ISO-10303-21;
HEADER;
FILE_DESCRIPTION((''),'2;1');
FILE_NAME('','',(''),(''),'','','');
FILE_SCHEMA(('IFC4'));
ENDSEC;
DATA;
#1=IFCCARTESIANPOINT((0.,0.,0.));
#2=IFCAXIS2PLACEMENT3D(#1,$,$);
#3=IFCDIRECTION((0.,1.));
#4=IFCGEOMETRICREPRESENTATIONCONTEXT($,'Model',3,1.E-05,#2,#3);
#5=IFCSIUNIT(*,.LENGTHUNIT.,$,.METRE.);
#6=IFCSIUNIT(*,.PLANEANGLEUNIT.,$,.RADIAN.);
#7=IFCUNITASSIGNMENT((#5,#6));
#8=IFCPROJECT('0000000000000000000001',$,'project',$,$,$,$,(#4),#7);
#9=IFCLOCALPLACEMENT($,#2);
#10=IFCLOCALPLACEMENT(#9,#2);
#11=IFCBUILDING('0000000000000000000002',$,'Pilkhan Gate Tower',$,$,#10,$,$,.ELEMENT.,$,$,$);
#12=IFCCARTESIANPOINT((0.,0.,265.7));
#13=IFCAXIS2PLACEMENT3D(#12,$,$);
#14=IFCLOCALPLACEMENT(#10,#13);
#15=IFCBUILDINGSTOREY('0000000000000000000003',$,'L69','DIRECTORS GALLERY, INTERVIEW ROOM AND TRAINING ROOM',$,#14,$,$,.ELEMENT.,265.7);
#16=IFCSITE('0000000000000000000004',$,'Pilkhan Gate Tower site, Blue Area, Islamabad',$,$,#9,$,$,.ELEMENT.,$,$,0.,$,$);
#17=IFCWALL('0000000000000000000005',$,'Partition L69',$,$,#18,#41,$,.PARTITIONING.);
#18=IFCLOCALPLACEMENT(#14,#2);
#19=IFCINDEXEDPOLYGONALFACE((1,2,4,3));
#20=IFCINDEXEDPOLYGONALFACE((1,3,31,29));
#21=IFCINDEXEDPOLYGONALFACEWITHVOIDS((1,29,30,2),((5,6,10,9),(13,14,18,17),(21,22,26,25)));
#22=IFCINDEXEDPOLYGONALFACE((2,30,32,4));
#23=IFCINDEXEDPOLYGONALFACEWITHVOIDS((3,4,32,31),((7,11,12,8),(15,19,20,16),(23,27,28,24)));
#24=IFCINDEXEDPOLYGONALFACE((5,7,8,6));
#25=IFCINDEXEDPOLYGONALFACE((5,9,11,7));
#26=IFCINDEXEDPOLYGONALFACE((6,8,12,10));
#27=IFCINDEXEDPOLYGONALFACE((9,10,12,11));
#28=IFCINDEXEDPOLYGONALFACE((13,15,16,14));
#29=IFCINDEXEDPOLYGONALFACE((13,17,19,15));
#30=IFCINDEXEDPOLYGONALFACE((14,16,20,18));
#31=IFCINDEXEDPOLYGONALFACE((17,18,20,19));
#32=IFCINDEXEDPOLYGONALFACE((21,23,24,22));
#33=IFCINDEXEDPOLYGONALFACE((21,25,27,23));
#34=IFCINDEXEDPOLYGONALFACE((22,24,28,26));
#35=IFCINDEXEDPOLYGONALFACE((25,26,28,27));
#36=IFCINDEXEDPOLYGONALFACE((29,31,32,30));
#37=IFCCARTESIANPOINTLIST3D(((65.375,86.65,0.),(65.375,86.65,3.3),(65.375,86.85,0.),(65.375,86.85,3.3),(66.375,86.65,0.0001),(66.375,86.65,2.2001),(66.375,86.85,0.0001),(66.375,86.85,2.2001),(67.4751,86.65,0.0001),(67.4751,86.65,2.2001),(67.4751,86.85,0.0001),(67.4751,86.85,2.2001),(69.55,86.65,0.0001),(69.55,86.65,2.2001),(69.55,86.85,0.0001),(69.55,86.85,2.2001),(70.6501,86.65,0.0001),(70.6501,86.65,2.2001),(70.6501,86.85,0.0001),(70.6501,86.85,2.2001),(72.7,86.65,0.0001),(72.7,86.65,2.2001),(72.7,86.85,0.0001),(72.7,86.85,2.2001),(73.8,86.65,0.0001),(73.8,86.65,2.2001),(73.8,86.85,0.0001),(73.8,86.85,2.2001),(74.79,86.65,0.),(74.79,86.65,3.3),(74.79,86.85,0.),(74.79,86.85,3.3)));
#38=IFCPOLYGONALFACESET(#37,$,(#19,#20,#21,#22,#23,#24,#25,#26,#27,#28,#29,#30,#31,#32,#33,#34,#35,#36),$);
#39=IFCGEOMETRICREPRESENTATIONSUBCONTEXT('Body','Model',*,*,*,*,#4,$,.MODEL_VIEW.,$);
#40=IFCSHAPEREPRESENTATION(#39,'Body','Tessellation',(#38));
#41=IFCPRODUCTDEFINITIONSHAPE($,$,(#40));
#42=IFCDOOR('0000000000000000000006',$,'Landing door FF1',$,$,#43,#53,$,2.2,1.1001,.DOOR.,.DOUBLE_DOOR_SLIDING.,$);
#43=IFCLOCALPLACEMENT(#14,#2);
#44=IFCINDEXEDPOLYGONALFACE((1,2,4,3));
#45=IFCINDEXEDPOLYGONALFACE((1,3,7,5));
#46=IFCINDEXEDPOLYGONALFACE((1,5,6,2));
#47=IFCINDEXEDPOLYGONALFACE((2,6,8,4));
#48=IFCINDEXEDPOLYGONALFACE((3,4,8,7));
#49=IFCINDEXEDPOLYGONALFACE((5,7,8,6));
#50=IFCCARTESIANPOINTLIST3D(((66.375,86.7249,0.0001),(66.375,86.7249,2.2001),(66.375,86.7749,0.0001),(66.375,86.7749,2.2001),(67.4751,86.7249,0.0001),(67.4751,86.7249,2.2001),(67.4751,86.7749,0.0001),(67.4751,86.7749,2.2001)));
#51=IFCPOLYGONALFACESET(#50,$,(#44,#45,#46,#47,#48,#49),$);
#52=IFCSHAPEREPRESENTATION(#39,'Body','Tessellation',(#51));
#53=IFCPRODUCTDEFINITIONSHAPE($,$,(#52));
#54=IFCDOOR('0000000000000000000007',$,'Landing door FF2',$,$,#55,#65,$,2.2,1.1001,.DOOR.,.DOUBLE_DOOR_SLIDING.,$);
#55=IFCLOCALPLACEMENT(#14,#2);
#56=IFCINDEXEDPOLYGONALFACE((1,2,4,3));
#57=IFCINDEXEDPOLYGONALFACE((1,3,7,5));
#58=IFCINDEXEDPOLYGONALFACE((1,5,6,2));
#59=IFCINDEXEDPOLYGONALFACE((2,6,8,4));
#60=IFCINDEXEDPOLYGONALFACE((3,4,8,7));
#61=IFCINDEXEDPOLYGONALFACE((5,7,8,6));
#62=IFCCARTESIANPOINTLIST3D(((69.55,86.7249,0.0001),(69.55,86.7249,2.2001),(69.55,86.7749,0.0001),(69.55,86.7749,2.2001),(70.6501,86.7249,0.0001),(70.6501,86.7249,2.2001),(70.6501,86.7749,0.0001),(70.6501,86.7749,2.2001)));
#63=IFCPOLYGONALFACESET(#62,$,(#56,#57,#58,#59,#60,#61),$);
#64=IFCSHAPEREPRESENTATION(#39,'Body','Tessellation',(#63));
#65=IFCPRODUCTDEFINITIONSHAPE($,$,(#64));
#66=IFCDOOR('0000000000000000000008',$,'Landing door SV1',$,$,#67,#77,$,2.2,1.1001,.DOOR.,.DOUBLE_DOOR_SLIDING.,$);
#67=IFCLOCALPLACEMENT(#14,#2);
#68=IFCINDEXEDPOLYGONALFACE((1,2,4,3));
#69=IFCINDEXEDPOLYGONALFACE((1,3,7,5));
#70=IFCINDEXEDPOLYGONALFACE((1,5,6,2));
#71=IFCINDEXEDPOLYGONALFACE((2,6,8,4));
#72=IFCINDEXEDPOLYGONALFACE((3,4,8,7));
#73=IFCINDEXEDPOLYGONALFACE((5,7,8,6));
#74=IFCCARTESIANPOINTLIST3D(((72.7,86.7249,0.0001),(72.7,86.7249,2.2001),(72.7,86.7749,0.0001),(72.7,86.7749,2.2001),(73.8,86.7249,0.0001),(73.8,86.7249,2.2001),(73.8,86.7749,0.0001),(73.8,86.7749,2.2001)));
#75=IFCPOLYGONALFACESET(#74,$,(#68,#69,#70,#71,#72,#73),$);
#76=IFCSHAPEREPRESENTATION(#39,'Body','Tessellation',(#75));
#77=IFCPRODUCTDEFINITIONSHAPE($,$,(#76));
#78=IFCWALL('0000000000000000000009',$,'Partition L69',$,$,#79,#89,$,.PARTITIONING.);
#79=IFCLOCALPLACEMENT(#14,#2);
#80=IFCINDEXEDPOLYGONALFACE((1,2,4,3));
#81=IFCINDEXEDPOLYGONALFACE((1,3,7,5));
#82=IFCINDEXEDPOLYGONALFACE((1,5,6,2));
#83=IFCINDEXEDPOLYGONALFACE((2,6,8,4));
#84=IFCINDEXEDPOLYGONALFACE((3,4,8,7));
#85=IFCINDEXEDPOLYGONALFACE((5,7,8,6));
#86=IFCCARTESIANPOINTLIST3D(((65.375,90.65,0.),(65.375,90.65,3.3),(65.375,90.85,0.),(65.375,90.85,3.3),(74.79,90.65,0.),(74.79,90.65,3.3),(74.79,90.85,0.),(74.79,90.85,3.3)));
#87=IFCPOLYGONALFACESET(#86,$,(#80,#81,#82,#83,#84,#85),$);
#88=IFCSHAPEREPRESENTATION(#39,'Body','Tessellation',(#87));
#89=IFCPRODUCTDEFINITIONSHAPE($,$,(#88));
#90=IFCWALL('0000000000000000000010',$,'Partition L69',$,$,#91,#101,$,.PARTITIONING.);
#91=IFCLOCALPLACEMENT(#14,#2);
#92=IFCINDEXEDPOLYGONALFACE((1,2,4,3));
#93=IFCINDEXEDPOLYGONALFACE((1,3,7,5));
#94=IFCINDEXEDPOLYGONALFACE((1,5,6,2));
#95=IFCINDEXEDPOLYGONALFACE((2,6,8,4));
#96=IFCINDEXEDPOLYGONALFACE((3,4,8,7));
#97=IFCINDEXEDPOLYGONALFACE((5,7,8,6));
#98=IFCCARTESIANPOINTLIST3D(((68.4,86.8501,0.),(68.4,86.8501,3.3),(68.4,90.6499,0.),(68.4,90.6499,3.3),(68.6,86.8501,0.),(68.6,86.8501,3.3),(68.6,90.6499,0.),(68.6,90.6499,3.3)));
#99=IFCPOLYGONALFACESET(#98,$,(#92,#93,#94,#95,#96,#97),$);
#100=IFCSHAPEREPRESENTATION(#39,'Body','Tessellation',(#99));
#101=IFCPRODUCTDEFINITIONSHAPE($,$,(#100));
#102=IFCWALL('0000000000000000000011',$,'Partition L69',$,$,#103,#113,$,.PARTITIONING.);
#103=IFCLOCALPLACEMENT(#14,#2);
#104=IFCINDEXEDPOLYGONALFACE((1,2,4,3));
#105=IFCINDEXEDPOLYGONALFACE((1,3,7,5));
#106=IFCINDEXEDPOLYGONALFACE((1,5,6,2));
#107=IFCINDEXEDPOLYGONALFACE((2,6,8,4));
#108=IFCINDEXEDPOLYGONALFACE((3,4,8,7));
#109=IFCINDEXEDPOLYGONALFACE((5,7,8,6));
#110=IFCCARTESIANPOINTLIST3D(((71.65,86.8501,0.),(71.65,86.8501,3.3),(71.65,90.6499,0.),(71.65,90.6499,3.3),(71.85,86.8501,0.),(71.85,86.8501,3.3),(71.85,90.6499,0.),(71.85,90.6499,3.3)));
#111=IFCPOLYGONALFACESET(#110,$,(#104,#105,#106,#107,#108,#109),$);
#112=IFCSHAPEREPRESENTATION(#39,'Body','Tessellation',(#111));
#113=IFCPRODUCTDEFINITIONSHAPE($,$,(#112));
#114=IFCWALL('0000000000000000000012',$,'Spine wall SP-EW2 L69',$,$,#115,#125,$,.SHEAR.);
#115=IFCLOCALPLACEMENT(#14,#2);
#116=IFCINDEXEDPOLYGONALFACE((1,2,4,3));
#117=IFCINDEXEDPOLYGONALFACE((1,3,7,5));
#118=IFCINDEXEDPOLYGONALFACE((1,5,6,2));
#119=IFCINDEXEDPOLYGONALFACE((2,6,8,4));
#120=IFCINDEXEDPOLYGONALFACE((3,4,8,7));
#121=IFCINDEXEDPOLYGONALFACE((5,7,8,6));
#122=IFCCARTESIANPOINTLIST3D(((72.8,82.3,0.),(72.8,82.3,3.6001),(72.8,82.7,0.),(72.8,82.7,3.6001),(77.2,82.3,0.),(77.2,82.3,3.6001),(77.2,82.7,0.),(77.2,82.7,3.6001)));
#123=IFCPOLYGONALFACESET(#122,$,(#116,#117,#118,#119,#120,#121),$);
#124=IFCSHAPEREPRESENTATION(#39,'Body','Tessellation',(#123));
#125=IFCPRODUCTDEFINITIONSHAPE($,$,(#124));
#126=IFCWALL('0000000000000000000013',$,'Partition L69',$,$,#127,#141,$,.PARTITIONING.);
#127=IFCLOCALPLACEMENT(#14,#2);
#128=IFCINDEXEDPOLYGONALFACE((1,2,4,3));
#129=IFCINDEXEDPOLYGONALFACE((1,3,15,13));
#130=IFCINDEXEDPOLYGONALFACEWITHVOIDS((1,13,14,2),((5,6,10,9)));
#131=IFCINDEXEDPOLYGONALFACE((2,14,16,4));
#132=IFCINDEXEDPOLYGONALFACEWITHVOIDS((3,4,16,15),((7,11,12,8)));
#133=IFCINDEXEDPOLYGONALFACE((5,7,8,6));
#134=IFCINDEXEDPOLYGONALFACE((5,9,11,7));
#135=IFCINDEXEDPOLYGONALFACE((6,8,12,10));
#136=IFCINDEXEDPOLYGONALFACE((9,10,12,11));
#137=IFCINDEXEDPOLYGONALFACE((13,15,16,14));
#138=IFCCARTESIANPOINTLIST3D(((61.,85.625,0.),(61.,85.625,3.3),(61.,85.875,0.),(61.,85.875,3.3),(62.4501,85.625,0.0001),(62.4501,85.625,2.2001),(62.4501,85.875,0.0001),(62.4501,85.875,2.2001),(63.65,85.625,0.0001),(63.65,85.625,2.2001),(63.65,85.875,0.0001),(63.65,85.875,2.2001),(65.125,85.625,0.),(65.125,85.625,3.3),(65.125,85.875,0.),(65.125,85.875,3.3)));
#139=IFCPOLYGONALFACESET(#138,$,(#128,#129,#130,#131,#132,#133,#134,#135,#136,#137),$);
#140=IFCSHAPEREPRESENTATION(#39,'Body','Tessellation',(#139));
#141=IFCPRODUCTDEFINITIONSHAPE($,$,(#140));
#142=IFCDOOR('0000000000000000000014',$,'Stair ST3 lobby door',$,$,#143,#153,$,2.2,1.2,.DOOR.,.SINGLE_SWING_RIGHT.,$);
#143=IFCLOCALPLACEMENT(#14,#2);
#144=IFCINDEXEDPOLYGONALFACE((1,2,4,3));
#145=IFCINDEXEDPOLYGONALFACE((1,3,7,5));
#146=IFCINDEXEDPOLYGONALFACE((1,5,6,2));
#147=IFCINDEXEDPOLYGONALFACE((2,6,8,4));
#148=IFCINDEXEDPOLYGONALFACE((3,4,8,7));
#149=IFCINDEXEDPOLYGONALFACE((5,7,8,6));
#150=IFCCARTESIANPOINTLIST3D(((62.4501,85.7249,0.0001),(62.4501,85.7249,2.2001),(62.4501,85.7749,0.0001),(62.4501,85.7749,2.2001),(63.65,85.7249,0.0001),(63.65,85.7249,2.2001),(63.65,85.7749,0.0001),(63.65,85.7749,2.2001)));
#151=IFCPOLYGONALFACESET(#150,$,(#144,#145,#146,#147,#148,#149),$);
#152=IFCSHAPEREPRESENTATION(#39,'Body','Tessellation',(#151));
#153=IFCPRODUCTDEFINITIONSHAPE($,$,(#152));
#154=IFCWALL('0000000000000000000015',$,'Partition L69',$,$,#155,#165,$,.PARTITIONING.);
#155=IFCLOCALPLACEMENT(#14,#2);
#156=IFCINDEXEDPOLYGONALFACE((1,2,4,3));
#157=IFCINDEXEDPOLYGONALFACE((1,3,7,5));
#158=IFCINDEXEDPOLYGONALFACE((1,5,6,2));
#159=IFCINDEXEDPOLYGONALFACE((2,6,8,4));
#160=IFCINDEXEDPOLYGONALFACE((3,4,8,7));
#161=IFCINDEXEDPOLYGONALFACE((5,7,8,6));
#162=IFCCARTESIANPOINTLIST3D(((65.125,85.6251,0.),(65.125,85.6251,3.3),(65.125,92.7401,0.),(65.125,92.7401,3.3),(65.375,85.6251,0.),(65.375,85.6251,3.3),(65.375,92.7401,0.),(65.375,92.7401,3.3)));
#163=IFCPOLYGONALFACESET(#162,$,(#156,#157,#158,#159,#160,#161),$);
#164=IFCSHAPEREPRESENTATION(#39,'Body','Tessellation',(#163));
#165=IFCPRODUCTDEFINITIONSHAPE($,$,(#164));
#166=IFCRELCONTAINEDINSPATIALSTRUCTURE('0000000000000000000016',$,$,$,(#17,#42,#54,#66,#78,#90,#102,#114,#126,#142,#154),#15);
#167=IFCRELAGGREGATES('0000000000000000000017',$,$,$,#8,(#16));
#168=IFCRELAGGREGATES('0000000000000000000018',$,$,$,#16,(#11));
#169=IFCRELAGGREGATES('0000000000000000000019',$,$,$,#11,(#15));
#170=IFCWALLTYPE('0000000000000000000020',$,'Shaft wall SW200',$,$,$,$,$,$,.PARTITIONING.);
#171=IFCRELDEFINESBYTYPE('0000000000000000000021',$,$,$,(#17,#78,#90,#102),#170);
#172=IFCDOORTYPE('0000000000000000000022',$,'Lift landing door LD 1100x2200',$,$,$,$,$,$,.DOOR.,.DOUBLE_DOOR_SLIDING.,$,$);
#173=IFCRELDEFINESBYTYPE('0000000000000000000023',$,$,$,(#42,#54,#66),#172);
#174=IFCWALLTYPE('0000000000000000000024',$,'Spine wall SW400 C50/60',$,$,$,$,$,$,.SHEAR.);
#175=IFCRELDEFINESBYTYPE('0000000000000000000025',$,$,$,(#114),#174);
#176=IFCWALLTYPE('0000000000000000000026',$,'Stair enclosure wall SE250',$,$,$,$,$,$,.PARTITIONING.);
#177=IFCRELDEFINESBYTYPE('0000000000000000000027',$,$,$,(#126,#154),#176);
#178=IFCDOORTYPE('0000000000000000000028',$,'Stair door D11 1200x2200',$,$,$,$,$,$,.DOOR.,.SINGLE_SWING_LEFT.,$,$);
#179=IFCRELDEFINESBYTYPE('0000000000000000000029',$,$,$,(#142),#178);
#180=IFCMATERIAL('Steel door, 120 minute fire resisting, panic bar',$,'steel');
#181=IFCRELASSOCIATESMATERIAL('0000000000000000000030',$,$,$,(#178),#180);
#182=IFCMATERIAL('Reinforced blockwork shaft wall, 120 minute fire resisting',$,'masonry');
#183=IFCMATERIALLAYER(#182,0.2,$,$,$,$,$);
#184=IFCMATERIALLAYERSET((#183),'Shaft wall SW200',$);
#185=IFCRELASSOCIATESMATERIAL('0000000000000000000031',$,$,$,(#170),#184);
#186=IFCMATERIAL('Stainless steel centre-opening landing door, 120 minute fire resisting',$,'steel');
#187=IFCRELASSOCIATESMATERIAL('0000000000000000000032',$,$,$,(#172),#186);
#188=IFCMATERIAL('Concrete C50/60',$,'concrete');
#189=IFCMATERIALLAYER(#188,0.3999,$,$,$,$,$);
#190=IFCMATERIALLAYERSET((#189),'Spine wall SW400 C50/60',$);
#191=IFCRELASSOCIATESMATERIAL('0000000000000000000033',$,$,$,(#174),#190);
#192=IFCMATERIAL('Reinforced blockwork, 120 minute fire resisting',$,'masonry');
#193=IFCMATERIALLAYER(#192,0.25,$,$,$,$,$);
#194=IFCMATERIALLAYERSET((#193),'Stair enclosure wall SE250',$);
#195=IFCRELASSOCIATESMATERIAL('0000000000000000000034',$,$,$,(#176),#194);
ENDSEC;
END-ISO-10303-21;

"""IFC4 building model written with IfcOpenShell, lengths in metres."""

from ifc_helpers import new_model, si_unit, direction, frame, frame_2d, origin, place, context, subcontext, project, spatial, rectangle, extrude, material, layer, layer_set, type_object, element, fill, save


model = new_model("IFC4")

# Units and contexts
model_context = context("Model", 3, precision=1e-05, world=origin(), true_north=direction((0.0, 1.0)))
body_context = subcontext(model_context, "Body", "Model", "MODEL_VIEW")
ifc_project = project(units=[si_unit("LENGTHUNIT", "METRE"), si_unit("PLANEANGLEUNIT", "RADIAN")], contexts=[model_context])

# Site, building, storey
site_placement = place(None, origin())
site = spatial("IfcSite", under=ifc_project, at=site_placement, Name="Pilkhan Gate Tower site, Blue Area, Islamabad", CompositionType="ELEMENT", RefElevation=0.0)
building_placement = place(site_placement, origin())
building = spatial("IfcBuilding", under=site, at=building_placement, Name="Pilkhan Gate Tower", CompositionType="ELEMENT")
storey_placement = place(building_placement, frame((0.0, 0.0, 265.7)))
storey = spatial("IfcBuildingStorey", under=building, at=storey_placement, Name="L69", Description="DIRECTORS GALLERY, INTERVIEW ROOM AND TRAINING ROOM", CompositionType="ELEMENT", Elevation=265.7)

# Shared definitions
ifc_material_1 = material(Name="Concrete C50/60", Category="concrete")

# Shared definitions
ifc_material_2 = material(Name="Steel door, 120 minute fire resisting, panic bar", Category="steel")
door_type_1 = type_object("IfcDoorType", Name="Stair door D11 1200x2200", OperationType="SINGLE_SWING_LEFT", PredefinedType="DOOR", material=ifc_material_2)

# Wall, openings, doors
ifc_material_3 = material(Name="Reinforced blockwork shaft wall, 120 minute fire resisting", Category="masonry")
ifc_layer_1 = layer(ifc_material_3, 0.2)
ifc_layer_set_1 = layer_set([ifc_layer_1], Name="Shaft wall SW200")
wall_type_1 = type_object("IfcWallType", Name="Shaft wall SW200", PredefinedType="PARTITIONING", material=ifc_layer_set_1)
wall_1_placement = place(storey_placement, frame((65.375, 86.75, 0.0), z_axis=(0.0, 0.0, 1.0), x_axis=(1.0, 0.0, 0.0)))
wall_1 = element("IfcWall", 1, at=wall_1_placement, inside=storey, type_object=wall_type_1, Name="Partition L69", PredefinedType="PARTITIONING", context=body_context, shape_type="SweptSolid", body=[
    extrude(rectangle(XDim=9.415, YDim=0.2, at=frame_2d((4.7075, 0.0))), origin(), (0.0, 0.0, 1.0), 3.3),
])
opening_1_placement = place(wall_1_placement, frame((1.0, 0.0, 0.0)))
opening_1 = element("IfcOpeningElement", 2, at=opening_1_placement, cuts=wall_1, PredefinedType="OPENING", context=body_context, shape_type="SweptSolid", body=[
    extrude(rectangle(XDim=1.1001, YDim=2.2, at=frame_2d((0.55, 1.1001))), frame((0.0, 0.1099, 0.0), z_axis=(0.0, -1.0, 0.0), x_axis=(1.0, 0.0, 0.0)), (0.0, 0.0, 1.0), 0.22),
])
opening_2_placement = place(wall_1_placement, frame((4.175, 0.0, 0.0)))
opening_2 = element("IfcOpeningElement", 3, at=opening_2_placement, cuts=wall_1, PredefinedType="OPENING", context=body_context, shape_type="SweptSolid", body=[
    extrude(rectangle(XDim=1.1001, YDim=2.2, at=frame_2d((0.55, 1.1001))), frame((0.0, 0.1099, 0.0), z_axis=(0.0, -1.0, 0.0), x_axis=(1.0, 0.0, 0.0)), (0.0, 0.0, 1.0), 0.22),
])
opening_3_placement = place(wall_1_placement, frame((7.325, 0.0, 0.0)))
opening_3 = element("IfcOpeningElement", 4, at=opening_3_placement, cuts=wall_1, PredefinedType="OPENING", context=body_context, shape_type="SweptSolid", body=[
    extrude(rectangle(XDim=1.1001, YDim=2.2, at=frame_2d((0.55, 1.1001))), frame((0.0, 0.1099, 0.0), z_axis=(0.0, -1.0, 0.0), x_axis=(1.0, 0.0, 0.0)), (0.0, 0.0, 1.0), 0.22),
])
ifc_material_4 = material(Name="Stainless steel centre-opening landing door, 120 minute fire resisting", Category="steel")
door_type_2 = type_object("IfcDoorType", Name="Lift landing door LD 1100x2200", OperationType="DOUBLE_DOOR_SLIDING", PredefinedType="DOOR", material=ifc_material_4)
door_1_placement = place(opening_1_placement, origin())
door_1 = element("IfcDoor", 5, at=door_1_placement, inside=storey, type_object=door_type_2, Name="Landing door FF1", OperationType="DOUBLE_DOOR_SLIDING", OverallHeight=2.2, OverallWidth=1.1001, PredefinedType="DOOR", context=body_context, shape_type="SweptSolid", body=[
    extrude(rectangle(XDim=1.1001, YDim=2.2, at=frame_2d((0.55, 1.1001))), frame((0.0, 0.0249, 0.0), z_axis=(0.0, -1.0, 0.0), x_axis=(1.0, 0.0, 0.0)), (0.0, 0.0, 1.0), 0.05),
])
fill(opening_1, door_1)
door_2_placement = place(opening_2_placement, origin())
door_2 = element("IfcDoor", 6, at=door_2_placement, inside=storey, type_object=door_type_2, Name="Landing door FF2", OperationType="DOUBLE_DOOR_SLIDING", OverallHeight=2.2, OverallWidth=1.1001, PredefinedType="DOOR", context=body_context, shape_type="SweptSolid", body=[
    extrude(rectangle(XDim=1.1001, YDim=2.2, at=frame_2d((0.55, 1.1001))), frame((0.0, 0.0249, 0.0), z_axis=(0.0, -1.0, 0.0), x_axis=(1.0, 0.0, 0.0)), (0.0, 0.0, 1.0), 0.05),
])
fill(opening_2, door_2)
door_3_placement = place(opening_3_placement, origin())
door_3 = element("IfcDoor", 7, at=door_3_placement, inside=storey, type_object=door_type_2, Name="Landing door SV1", OperationType="DOUBLE_DOOR_SLIDING", OverallHeight=2.2, OverallWidth=1.1001, PredefinedType="DOOR", context=body_context, shape_type="SweptSolid", body=[
    extrude(rectangle(XDim=1.1001, YDim=2.2, at=frame_2d((0.55, 1.1001))), frame((0.0, 0.0249, 0.0), z_axis=(0.0, -1.0, 0.0), x_axis=(1.0, 0.0, 0.0)), (0.0, 0.0, 1.0), 0.05),
])
fill(opening_3, door_3)

# Walls
wall_2_placement = place(storey_placement, frame((65.375, 90.75, 0.0), z_axis=(0.0, 0.0, 1.0), x_axis=(1.0, 0.0, 0.0)))
element("IfcWall", 8, at=wall_2_placement, inside=storey, type_object=wall_type_1, Name="Partition L69", PredefinedType="PARTITIONING", context=body_context, shape_type="SweptSolid", body=[
    extrude(rectangle(XDim=9.415, YDim=0.2, at=frame_2d((4.7075, 0.0))), origin(), (0.0, 0.0, 1.0), 3.3),
])
for number, where, z_axis, x_axis, name in (
    (9, (68.5, 86.8501, 0.0), (0.0, 0.0, 1.0), (0.0, 1.0, 0.0), "Partition L69"),
    (10, (71.75, 86.8501, 0.0), (0.0, 0.0, 1.0), (0.0, 1.0, 0.0), "Partition L69"),
):
    element("IfcWall", number, at=place(storey_placement, frame(where, z_axis=z_axis, x_axis=x_axis)), inside=storey, type_object=wall_type_1, Name=name, PredefinedType="PARTITIONING", context=body_context, shape_type="SweptSolid", body=[
        extrude(rectangle(XDim=3.7998, YDim=0.2, at=frame_2d((1.8999, 0.0))), origin(), (0.0, 0.0, 1.0), 3.3),
    ])
ifc_layer_2 = layer(ifc_material_1, 0.3999)
ifc_layer_set_2 = layer_set([ifc_layer_2], Name="Spine wall SW400 C50/60")
wall_type_2 = type_object("IfcWallType", Name="Spine wall SW400 C50/60", PredefinedType="SHEAR", material=ifc_layer_set_2)
wall_3_placement = place(storey_placement, frame((72.8, 82.5, 0.0), z_axis=(0.0, 0.0, 1.0), x_axis=(1.0, 0.0, 0.0)))
element("IfcWall", 11, at=wall_3_placement, inside=storey, type_object=wall_type_2, Name="Spine wall SP-EW2 L69", PredefinedType="SHEAR", context=body_context, shape_type="SweptSolid", body=[
    extrude(rectangle(XDim=4.3999, YDim=0.3999, at=frame_2d((2.2, 0.0))), origin(), (0.0, 0.0, 1.0), 3.6001),
])

# Wall, opening, door
ifc_material_5 = material(Name="Reinforced blockwork, 120 minute fire resisting", Category="masonry")
ifc_layer_3 = layer(ifc_material_5, 0.25)
ifc_layer_set_3 = layer_set([ifc_layer_3], Name="Stair enclosure wall SE250")
wall_type_3 = type_object("IfcWallType", Name="Stair enclosure wall SE250", PredefinedType="PARTITIONING", material=ifc_layer_set_3)
wall_4_placement = place(storey_placement, frame((61.0, 85.75, 0.0), z_axis=(0.0, 0.0, 1.0), x_axis=(1.0, 0.0, 0.0)))
wall_4 = element("IfcWall", 12, at=wall_4_placement, inside=storey, type_object=wall_type_3, Name="Partition L69", PredefinedType="PARTITIONING", context=body_context, shape_type="SweptSolid", body=[
    extrude(rectangle(XDim=4.125, YDim=0.25, at=frame_2d((2.0625, 0.0))), origin(), (0.0, 0.0, 1.0), 3.3),
])
opening_4_placement = place(wall_4_placement, frame((1.45, 0.0, 0.0)))
opening_4 = element("IfcOpeningElement", 13, at=opening_4_placement, cuts=wall_4, PredefinedType="OPENING", context=body_context, shape_type="SweptSolid", body=[
    extrude(rectangle(XDim=1.2, YDim=2.2, at=frame_2d((0.6001, 1.1001))), frame((0.0, 0.135, 0.0), z_axis=(0.0, -1.0, 0.0), x_axis=(1.0, 0.0, 0.0)), (0.0, 0.0, 1.0), 0.27),
])
door_4_placement = place(opening_4_placement, origin())
door_4 = element("IfcDoor", 14, at=door_4_placement, inside=storey, type_object=door_type_1, Name="Stair ST3 lobby door", OperationType="SINGLE_SWING_RIGHT", OverallHeight=2.2, OverallWidth=1.2, PredefinedType="DOOR", context=body_context, shape_type="SweptSolid", body=[
    extrude(rectangle(XDim=1.2, YDim=2.2, at=frame_2d((0.6001, 1.1001))), frame((0.0, 0.0249, 0.0), z_axis=(0.0, -1.0, 0.0), x_axis=(1.0, 0.0, 0.0)), (0.0, 0.0, 1.0), 0.05),
])
fill(opening_4, door_4)

# Wall
wall_5_placement = place(storey_placement, frame((65.25, 85.625, 0.0), z_axis=(0.0, 0.0, 1.0), x_axis=(0.0, 1.0, 0.0)))
element("IfcWall", 15, at=wall_5_placement, inside=storey, type_object=wall_type_3, Name="Partition L69", PredefinedType="PARTITIONING", context=body_context, shape_type="SweptSolid", body=[
    extrude(rectangle(XDim=7.115, YDim=0.25, at=frame_2d((3.5576, 0.0))), origin(), (0.0, 0.0, 1.0), 3.3),
])

save(model, "model.ifc")
